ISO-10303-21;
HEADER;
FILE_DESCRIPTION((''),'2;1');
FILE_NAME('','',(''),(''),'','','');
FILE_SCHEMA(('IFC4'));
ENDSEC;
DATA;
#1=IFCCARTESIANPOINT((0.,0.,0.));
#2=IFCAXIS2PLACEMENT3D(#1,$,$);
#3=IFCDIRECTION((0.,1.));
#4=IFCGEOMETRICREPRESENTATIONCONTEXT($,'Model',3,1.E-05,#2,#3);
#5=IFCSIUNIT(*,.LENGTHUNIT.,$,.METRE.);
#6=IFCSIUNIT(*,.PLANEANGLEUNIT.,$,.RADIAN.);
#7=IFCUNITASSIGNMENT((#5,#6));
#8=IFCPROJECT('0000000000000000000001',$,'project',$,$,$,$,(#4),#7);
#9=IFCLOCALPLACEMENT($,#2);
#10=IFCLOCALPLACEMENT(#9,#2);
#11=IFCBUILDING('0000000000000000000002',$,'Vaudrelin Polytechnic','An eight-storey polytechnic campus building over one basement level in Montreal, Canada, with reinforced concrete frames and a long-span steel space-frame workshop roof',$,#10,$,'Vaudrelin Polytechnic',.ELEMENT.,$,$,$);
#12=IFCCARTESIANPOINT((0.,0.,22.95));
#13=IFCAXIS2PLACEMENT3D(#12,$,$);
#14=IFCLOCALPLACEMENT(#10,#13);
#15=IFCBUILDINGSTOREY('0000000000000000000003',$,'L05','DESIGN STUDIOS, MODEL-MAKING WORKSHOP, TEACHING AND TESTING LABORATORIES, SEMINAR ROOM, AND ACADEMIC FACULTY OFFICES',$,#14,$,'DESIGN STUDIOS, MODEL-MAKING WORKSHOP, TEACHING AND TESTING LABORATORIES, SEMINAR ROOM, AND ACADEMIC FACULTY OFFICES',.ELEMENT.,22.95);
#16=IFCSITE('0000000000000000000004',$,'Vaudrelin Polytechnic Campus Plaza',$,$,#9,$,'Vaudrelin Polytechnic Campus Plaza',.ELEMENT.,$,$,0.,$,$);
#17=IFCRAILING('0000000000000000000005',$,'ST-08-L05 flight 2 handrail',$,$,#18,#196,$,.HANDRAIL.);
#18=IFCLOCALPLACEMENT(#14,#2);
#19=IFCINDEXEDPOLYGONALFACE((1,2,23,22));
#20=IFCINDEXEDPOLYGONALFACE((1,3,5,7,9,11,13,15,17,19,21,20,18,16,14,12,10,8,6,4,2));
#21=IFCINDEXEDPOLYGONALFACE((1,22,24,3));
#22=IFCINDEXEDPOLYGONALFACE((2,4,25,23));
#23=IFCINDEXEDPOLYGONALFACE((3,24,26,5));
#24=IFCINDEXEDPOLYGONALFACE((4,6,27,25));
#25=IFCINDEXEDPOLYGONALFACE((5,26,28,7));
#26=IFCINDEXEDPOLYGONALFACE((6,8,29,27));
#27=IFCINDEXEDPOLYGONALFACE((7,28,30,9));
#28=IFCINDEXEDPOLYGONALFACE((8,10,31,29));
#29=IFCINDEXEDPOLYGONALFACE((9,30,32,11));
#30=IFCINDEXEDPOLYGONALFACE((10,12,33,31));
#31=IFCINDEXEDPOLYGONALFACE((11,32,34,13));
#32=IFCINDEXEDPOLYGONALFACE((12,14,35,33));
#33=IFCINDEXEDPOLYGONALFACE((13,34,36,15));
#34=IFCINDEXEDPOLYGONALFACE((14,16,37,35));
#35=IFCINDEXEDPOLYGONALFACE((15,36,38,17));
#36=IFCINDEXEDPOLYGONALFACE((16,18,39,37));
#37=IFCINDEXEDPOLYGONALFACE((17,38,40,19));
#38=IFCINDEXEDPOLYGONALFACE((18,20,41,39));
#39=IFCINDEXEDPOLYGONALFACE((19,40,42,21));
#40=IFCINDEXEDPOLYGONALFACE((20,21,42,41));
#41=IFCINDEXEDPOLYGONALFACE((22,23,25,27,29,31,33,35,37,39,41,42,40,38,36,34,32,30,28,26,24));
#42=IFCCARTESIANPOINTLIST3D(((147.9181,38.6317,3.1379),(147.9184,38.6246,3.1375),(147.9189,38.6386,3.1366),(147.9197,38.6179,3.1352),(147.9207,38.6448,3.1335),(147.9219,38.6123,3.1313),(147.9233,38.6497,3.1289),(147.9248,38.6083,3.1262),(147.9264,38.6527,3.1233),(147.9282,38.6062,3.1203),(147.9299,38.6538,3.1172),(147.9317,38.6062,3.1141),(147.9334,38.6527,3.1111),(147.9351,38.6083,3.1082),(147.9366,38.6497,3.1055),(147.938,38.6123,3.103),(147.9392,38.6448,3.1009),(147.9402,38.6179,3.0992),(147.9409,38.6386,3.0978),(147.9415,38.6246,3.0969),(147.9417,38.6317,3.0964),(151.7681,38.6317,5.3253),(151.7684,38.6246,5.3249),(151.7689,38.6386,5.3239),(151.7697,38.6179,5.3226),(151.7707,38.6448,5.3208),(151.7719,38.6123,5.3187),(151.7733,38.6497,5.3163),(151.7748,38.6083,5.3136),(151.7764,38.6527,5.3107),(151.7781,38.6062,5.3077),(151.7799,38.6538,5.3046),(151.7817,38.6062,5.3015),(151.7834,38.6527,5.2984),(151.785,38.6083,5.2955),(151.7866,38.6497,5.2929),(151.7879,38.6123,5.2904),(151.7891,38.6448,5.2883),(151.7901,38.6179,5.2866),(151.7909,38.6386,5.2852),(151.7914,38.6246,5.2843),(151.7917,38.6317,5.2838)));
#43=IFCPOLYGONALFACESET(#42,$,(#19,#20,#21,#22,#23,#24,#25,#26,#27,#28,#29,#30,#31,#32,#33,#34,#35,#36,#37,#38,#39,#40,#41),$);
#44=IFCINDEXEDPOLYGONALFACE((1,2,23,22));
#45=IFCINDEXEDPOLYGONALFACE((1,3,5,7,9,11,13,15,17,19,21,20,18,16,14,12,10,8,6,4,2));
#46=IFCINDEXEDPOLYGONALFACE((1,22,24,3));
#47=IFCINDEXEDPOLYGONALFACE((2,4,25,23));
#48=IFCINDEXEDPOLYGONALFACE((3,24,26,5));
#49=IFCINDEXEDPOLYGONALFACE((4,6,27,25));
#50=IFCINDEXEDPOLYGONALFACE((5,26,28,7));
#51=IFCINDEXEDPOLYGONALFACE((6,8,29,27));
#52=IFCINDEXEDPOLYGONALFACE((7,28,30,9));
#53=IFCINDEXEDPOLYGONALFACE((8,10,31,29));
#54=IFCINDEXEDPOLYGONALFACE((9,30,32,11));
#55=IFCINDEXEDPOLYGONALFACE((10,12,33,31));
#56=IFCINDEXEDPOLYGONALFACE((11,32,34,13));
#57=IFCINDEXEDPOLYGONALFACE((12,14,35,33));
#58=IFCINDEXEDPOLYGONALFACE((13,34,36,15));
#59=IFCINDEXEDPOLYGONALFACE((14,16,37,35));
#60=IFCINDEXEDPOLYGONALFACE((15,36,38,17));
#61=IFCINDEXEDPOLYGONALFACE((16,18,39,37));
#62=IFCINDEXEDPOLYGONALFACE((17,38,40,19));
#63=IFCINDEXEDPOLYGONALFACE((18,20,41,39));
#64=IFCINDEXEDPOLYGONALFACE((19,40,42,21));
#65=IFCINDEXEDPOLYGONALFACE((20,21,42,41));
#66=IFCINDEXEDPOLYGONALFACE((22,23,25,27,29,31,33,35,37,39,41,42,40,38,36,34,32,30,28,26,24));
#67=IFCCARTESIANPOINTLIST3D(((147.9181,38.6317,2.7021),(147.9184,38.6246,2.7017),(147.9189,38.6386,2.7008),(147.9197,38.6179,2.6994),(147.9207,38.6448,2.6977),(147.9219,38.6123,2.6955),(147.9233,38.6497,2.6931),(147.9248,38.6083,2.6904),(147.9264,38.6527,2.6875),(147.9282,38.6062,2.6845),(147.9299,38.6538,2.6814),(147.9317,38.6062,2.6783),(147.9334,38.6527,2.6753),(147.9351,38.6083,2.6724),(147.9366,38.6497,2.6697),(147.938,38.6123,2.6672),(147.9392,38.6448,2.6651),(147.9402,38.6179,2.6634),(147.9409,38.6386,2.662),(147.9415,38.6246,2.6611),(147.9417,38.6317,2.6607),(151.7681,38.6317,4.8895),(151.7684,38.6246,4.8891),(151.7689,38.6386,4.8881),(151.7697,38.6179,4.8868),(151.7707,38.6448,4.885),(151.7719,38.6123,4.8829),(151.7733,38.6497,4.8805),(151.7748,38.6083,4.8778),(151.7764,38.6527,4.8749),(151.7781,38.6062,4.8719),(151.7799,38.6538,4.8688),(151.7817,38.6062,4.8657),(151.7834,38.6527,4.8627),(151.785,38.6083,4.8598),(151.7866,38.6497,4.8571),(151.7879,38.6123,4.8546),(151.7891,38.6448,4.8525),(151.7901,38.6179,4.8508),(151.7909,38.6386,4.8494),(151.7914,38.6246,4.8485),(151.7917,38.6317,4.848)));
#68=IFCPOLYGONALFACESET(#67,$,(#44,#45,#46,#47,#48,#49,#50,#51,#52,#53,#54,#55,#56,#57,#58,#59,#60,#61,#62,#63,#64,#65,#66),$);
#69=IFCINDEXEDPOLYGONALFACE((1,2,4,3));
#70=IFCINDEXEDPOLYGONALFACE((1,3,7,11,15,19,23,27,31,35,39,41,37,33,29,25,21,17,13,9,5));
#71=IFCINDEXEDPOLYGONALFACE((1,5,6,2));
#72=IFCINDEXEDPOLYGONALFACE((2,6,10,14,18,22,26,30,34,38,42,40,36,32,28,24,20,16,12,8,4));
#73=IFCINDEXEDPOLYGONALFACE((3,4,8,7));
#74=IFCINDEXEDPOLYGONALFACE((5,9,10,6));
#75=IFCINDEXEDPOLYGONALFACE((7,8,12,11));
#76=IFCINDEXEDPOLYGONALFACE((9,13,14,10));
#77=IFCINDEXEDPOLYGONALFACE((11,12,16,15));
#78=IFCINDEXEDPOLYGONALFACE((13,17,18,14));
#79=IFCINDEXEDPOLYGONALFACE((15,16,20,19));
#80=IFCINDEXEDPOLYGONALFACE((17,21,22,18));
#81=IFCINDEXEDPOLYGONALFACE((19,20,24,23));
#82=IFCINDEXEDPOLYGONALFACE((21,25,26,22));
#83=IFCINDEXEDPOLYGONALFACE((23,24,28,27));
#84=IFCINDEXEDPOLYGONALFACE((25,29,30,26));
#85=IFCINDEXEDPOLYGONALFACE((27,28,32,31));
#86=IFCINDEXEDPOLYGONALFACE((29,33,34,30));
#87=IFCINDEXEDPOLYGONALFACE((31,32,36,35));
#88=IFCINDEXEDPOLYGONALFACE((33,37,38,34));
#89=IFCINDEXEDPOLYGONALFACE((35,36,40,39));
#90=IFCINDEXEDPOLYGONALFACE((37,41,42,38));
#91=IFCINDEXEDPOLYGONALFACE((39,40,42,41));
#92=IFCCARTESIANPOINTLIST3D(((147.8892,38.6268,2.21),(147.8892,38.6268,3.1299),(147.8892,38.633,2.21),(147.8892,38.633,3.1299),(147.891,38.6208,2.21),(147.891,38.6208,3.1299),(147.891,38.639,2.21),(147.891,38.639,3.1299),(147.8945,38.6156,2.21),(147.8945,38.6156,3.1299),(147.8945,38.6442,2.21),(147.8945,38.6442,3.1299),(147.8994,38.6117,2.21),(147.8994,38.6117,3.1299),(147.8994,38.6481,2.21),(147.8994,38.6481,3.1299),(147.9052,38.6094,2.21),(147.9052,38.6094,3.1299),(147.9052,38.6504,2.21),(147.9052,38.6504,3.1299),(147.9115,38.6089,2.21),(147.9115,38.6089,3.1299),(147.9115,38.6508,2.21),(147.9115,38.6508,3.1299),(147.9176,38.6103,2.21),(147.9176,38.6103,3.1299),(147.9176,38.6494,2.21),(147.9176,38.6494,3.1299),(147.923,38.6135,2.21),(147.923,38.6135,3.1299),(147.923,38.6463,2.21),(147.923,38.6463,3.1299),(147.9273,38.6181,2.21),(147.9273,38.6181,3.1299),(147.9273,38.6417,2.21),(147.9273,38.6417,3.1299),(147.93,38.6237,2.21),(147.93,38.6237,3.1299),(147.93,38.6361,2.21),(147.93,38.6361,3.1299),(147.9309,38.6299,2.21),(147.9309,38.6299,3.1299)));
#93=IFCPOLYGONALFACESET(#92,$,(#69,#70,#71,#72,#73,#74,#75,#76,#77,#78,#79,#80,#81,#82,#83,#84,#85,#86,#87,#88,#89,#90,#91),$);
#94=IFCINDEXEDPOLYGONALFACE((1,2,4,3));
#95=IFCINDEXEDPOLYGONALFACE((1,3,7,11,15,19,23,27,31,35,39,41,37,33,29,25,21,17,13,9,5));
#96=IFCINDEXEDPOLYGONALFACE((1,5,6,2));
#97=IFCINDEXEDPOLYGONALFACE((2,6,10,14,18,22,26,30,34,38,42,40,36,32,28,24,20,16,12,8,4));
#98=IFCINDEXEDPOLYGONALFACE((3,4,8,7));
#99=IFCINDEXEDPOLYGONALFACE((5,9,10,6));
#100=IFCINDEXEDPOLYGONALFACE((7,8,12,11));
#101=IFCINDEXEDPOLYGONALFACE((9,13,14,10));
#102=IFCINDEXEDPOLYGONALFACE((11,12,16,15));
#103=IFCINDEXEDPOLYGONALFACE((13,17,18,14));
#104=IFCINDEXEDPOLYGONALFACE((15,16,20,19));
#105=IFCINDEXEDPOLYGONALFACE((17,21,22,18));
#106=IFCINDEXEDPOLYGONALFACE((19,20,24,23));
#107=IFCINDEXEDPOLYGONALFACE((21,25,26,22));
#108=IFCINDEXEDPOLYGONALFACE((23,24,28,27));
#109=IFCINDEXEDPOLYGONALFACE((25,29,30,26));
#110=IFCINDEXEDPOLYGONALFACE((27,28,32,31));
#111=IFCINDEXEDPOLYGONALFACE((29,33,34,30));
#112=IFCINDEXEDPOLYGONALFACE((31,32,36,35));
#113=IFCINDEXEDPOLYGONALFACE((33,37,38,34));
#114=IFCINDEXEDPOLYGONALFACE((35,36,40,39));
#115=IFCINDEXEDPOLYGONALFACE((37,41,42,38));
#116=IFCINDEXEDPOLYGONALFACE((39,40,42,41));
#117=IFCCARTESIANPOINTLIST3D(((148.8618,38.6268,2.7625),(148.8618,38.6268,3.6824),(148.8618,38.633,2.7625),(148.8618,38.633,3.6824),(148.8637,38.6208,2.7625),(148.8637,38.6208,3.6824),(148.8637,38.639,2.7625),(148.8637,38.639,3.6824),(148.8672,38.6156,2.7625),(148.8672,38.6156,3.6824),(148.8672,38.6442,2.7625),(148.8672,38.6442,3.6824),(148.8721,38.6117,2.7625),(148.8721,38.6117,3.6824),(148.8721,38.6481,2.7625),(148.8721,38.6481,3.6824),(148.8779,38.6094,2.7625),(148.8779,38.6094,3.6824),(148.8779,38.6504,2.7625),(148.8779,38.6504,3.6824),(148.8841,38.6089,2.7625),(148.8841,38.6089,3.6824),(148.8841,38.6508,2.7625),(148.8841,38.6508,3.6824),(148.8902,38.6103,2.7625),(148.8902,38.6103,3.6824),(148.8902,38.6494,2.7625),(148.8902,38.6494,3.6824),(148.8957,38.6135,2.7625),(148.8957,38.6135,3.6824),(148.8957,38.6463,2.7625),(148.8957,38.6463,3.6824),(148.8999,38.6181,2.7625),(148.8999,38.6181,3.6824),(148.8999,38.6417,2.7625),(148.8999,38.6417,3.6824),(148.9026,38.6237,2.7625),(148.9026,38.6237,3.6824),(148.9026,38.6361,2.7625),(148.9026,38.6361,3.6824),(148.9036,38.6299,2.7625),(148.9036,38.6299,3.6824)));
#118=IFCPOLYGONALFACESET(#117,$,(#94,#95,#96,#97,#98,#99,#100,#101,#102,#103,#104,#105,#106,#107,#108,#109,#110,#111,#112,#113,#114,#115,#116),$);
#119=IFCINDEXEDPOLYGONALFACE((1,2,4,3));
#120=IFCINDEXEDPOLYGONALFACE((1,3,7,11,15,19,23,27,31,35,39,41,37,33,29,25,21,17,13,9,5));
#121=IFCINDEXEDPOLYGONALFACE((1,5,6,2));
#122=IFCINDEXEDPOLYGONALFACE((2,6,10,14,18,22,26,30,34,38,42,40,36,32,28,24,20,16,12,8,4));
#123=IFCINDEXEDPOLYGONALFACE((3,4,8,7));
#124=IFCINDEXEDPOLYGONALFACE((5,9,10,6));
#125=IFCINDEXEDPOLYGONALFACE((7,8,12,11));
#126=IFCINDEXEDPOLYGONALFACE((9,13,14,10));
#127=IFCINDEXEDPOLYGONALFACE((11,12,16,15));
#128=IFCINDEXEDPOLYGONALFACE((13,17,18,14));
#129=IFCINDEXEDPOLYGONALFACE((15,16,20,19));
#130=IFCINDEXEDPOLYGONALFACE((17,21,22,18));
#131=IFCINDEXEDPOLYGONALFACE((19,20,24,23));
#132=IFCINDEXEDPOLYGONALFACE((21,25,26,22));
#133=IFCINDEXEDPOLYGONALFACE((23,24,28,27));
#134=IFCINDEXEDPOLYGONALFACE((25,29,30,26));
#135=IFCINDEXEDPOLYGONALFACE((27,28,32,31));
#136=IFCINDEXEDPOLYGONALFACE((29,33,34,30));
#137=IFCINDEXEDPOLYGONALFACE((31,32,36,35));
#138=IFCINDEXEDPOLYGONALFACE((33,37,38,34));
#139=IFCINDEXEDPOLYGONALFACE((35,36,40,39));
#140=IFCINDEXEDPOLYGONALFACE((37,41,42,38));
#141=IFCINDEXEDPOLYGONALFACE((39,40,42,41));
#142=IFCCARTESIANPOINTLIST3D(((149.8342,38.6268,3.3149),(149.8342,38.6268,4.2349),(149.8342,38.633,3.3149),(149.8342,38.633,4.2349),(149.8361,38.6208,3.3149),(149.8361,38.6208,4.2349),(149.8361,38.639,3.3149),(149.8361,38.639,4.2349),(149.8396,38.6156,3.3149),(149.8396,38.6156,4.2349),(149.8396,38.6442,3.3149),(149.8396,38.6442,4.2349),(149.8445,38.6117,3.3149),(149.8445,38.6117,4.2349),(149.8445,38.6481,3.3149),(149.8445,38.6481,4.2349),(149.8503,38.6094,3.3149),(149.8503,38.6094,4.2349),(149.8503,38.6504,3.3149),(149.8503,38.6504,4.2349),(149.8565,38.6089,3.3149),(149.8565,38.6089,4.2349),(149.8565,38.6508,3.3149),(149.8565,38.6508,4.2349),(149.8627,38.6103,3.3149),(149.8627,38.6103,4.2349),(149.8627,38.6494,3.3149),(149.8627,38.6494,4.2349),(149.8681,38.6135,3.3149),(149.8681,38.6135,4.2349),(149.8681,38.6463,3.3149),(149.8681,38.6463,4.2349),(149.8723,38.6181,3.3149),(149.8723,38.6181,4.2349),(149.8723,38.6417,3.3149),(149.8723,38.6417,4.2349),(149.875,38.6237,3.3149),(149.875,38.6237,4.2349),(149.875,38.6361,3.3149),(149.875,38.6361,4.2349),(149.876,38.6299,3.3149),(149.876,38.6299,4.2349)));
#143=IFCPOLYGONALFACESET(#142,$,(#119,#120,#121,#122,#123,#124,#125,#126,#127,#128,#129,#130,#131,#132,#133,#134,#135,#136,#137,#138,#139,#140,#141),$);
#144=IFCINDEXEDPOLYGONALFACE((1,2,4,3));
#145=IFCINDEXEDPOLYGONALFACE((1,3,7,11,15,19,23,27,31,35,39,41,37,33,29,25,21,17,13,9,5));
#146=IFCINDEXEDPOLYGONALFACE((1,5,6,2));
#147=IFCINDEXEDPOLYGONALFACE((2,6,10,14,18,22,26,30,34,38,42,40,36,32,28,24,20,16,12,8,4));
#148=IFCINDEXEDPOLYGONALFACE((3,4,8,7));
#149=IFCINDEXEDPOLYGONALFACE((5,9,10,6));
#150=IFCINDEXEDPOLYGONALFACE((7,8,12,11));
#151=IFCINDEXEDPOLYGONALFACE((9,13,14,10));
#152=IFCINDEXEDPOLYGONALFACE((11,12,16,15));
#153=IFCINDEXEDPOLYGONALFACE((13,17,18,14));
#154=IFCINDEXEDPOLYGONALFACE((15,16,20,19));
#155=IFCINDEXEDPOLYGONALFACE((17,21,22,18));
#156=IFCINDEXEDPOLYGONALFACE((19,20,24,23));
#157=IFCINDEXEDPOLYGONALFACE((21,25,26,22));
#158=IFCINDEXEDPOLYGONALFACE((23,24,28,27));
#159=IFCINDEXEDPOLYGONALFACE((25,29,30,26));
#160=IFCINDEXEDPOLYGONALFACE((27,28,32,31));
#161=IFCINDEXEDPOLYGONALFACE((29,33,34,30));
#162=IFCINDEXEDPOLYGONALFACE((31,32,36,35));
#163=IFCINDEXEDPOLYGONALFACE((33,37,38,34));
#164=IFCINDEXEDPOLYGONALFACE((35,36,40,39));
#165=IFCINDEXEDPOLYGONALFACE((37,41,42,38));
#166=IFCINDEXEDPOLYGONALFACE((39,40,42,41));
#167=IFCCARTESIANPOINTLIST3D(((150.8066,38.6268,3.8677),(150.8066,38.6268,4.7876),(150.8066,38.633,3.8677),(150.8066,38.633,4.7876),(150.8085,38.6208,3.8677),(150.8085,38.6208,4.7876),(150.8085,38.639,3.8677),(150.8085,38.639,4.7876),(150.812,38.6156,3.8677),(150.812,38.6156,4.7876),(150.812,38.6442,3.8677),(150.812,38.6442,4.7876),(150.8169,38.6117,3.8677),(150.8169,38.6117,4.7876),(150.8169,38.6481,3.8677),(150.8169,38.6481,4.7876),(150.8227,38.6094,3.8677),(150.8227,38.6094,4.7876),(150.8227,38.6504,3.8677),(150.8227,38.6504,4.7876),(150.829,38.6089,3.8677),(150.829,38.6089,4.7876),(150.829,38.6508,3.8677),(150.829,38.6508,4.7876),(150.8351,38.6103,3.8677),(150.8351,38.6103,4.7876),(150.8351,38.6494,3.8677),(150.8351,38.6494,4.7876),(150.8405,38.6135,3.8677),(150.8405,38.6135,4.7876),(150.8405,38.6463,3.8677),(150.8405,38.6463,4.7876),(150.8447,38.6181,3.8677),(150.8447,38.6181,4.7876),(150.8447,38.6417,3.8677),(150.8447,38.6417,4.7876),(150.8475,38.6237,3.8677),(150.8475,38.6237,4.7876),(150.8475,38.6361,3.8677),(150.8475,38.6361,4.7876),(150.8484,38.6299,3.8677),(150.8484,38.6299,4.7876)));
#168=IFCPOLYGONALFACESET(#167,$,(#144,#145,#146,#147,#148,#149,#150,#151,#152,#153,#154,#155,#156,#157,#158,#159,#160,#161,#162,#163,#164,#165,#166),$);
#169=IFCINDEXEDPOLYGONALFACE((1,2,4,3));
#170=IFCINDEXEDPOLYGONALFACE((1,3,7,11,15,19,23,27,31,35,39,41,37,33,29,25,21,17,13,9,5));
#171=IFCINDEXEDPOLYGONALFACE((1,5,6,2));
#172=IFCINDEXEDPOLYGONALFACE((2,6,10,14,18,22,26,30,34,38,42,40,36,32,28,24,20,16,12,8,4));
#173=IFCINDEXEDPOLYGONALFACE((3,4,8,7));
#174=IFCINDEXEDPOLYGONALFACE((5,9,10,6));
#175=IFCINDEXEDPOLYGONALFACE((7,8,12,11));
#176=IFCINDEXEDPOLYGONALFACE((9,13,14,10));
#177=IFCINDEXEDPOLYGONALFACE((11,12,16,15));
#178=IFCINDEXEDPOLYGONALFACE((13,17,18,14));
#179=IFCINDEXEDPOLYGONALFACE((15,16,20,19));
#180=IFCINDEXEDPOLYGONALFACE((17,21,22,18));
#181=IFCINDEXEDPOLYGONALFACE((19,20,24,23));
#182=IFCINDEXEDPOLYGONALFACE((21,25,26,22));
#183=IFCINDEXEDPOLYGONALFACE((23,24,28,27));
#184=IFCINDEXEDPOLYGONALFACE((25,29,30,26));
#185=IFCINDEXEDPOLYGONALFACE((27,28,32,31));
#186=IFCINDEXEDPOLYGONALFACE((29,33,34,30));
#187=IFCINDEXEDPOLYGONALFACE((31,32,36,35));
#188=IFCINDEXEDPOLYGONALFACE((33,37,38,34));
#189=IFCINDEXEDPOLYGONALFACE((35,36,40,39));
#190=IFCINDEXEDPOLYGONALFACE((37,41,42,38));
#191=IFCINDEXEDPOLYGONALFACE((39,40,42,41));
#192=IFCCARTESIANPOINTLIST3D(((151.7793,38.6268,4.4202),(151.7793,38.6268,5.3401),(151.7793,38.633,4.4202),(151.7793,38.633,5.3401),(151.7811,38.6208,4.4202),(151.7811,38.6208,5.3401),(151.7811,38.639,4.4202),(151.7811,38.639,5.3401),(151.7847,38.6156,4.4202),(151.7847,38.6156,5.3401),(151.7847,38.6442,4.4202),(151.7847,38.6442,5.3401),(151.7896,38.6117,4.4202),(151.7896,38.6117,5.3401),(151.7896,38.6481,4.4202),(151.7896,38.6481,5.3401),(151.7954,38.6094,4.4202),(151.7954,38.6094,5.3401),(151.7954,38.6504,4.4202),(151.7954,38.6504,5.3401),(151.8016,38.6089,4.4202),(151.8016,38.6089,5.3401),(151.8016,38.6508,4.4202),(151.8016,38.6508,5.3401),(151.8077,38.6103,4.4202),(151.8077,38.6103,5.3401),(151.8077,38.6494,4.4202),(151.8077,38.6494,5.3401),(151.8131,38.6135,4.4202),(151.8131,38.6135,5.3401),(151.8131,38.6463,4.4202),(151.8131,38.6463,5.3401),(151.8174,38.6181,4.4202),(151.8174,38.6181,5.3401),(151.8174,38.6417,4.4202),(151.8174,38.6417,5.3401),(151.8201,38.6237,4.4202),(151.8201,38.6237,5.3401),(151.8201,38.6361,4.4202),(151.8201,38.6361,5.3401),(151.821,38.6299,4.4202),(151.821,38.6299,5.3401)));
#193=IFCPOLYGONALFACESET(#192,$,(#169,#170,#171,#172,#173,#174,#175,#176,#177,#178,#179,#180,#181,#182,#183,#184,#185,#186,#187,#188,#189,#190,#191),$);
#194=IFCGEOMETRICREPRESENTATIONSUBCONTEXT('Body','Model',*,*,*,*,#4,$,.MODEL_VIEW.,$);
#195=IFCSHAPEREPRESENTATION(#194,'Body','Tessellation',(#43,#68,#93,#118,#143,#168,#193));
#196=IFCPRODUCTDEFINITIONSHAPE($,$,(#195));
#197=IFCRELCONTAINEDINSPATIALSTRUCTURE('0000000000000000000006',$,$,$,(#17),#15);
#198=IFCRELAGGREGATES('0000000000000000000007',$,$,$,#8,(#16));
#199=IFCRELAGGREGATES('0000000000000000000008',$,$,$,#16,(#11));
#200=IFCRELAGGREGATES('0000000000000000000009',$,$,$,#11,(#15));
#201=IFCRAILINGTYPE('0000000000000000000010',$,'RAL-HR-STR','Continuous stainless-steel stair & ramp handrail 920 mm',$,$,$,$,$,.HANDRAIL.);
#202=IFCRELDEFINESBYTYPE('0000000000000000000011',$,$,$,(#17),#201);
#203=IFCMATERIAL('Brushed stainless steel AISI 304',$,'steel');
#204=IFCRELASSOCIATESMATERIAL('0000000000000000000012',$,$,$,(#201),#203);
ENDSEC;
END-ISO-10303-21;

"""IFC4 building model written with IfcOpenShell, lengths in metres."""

from ifc_helpers import new_model, si_unit, direction, frame, origin, origin_2d, place, context, subcontext, project, spatial, circle, extrude, material, type_object, element, save


model = new_model("IFC4")

# Units and contexts
model_context = context("Model", 3, precision=1e-05, world=origin(), true_north=direction((0.0, 1.0)))
body_context = subcontext(model_context, "Body", "Model", "MODEL_VIEW")
ifc_project = project(units=[si_unit("LENGTHUNIT", "METRE"), si_unit("PLANEANGLEUNIT", "RADIAN")], contexts=[model_context])

# Site, building, storey
site_placement = place(None, origin())
site = spatial("IfcSite", under=ifc_project, at=site_placement, Name="Vaudrelin Polytechnic Campus Plaza", LongName="Vaudrelin Polytechnic Campus Plaza", CompositionType="ELEMENT", RefElevation=0.0)
building_placement = place(site_placement, origin())
building = spatial("IfcBuilding", under=site, at=building_placement, Name="Vaudrelin Polytechnic", Description="An eight-storey polytechnic campus building over one basement level in Montreal, Canada, with reinforced concrete frames and a long-span steel space-frame workshop roof", LongName="Vaudrelin Polytechnic", CompositionType="ELEMENT")
storey_placement = place(building_placement, frame((0.0, 0.0, 22.95)))
storey = spatial("IfcBuildingStorey", under=building, at=storey_placement, Name="L05", Description="DESIGN STUDIOS, MODEL-MAKING WORKSHOP, TEACHING AND TESTING LABORATORIES, SEMINAR ROOM, AND ACADEMIC FACULTY OFFICES", LongName="DESIGN STUDIOS, MODEL-MAKING WORKSHOP, TEACHING AND TESTING LABORATORIES, SEMINAR ROOM, AND ACADEMIC FACULTY OFFICES", CompositionType="ELEMENT", Elevation=22.95)

# Railing
ifc_material_1 = material(Name="Brushed stainless steel AISI 304", Category="steel")
railing_type_1 = type_object("IfcRailingType", Name="RAL-HR-STR", Description="Continuous stainless-steel stair & ramp handrail 920 mm", PredefinedType="HANDRAIL", material=ifc_material_1)
railing_1_placement = place(storey_placement, frame((147.9099, 38.6299, 2.21)))
element("IfcRailing", 1, at=railing_1_placement, inside=storey, type_object=railing_type_1, Name="ST-08-L05 flight 2 handrail", PredefinedType="HANDRAIL", context=body_context, shape_type="SweptSolid", body=[
    extrude(circle(Radius=0.0239, at=origin_2d()), frame((0.02, 0.0, 0.9072), z_axis=(0.869466, 0.0, 0.493993), x_axis=(0.0, 1.0, 0.0)), (0.0, 0.0, 1.0), 4.428),
    extrude(circle(Radius=0.0239, at=origin_2d()), frame((0.02, 0.0, 0.4714), z_axis=(0.869466, 0.0, 0.493993), x_axis=(0.0, 1.0, 0.0)), (0.0, 0.0, 1.0), 4.428),
    extrude(circle(Radius=0.021, at=origin_2d()), origin(), (0.0, 0.0, 1.0), 0.9199),
    extrude(circle(Radius=0.021, at=origin_2d()), frame((0.9727, 0.0, 0.5525)), (0.0, 0.0, 1.0), 0.9199),
    extrude(circle(Radius=0.021, at=origin_2d()), frame((1.9451, 0.0, 1.105)), (0.0, 0.0, 1.0), 0.9199),
    extrude(circle(Radius=0.021, at=origin_2d()), frame((2.9175, 0.0, 1.6577)), (0.0, 0.0, 1.0), 0.9199),
    extrude(circle(Radius=0.021, at=origin_2d()), frame((3.8901, 0.0, 2.2102)), (0.0, 0.0, 1.0), 0.9199),
])

save(model, "model.ifc")
